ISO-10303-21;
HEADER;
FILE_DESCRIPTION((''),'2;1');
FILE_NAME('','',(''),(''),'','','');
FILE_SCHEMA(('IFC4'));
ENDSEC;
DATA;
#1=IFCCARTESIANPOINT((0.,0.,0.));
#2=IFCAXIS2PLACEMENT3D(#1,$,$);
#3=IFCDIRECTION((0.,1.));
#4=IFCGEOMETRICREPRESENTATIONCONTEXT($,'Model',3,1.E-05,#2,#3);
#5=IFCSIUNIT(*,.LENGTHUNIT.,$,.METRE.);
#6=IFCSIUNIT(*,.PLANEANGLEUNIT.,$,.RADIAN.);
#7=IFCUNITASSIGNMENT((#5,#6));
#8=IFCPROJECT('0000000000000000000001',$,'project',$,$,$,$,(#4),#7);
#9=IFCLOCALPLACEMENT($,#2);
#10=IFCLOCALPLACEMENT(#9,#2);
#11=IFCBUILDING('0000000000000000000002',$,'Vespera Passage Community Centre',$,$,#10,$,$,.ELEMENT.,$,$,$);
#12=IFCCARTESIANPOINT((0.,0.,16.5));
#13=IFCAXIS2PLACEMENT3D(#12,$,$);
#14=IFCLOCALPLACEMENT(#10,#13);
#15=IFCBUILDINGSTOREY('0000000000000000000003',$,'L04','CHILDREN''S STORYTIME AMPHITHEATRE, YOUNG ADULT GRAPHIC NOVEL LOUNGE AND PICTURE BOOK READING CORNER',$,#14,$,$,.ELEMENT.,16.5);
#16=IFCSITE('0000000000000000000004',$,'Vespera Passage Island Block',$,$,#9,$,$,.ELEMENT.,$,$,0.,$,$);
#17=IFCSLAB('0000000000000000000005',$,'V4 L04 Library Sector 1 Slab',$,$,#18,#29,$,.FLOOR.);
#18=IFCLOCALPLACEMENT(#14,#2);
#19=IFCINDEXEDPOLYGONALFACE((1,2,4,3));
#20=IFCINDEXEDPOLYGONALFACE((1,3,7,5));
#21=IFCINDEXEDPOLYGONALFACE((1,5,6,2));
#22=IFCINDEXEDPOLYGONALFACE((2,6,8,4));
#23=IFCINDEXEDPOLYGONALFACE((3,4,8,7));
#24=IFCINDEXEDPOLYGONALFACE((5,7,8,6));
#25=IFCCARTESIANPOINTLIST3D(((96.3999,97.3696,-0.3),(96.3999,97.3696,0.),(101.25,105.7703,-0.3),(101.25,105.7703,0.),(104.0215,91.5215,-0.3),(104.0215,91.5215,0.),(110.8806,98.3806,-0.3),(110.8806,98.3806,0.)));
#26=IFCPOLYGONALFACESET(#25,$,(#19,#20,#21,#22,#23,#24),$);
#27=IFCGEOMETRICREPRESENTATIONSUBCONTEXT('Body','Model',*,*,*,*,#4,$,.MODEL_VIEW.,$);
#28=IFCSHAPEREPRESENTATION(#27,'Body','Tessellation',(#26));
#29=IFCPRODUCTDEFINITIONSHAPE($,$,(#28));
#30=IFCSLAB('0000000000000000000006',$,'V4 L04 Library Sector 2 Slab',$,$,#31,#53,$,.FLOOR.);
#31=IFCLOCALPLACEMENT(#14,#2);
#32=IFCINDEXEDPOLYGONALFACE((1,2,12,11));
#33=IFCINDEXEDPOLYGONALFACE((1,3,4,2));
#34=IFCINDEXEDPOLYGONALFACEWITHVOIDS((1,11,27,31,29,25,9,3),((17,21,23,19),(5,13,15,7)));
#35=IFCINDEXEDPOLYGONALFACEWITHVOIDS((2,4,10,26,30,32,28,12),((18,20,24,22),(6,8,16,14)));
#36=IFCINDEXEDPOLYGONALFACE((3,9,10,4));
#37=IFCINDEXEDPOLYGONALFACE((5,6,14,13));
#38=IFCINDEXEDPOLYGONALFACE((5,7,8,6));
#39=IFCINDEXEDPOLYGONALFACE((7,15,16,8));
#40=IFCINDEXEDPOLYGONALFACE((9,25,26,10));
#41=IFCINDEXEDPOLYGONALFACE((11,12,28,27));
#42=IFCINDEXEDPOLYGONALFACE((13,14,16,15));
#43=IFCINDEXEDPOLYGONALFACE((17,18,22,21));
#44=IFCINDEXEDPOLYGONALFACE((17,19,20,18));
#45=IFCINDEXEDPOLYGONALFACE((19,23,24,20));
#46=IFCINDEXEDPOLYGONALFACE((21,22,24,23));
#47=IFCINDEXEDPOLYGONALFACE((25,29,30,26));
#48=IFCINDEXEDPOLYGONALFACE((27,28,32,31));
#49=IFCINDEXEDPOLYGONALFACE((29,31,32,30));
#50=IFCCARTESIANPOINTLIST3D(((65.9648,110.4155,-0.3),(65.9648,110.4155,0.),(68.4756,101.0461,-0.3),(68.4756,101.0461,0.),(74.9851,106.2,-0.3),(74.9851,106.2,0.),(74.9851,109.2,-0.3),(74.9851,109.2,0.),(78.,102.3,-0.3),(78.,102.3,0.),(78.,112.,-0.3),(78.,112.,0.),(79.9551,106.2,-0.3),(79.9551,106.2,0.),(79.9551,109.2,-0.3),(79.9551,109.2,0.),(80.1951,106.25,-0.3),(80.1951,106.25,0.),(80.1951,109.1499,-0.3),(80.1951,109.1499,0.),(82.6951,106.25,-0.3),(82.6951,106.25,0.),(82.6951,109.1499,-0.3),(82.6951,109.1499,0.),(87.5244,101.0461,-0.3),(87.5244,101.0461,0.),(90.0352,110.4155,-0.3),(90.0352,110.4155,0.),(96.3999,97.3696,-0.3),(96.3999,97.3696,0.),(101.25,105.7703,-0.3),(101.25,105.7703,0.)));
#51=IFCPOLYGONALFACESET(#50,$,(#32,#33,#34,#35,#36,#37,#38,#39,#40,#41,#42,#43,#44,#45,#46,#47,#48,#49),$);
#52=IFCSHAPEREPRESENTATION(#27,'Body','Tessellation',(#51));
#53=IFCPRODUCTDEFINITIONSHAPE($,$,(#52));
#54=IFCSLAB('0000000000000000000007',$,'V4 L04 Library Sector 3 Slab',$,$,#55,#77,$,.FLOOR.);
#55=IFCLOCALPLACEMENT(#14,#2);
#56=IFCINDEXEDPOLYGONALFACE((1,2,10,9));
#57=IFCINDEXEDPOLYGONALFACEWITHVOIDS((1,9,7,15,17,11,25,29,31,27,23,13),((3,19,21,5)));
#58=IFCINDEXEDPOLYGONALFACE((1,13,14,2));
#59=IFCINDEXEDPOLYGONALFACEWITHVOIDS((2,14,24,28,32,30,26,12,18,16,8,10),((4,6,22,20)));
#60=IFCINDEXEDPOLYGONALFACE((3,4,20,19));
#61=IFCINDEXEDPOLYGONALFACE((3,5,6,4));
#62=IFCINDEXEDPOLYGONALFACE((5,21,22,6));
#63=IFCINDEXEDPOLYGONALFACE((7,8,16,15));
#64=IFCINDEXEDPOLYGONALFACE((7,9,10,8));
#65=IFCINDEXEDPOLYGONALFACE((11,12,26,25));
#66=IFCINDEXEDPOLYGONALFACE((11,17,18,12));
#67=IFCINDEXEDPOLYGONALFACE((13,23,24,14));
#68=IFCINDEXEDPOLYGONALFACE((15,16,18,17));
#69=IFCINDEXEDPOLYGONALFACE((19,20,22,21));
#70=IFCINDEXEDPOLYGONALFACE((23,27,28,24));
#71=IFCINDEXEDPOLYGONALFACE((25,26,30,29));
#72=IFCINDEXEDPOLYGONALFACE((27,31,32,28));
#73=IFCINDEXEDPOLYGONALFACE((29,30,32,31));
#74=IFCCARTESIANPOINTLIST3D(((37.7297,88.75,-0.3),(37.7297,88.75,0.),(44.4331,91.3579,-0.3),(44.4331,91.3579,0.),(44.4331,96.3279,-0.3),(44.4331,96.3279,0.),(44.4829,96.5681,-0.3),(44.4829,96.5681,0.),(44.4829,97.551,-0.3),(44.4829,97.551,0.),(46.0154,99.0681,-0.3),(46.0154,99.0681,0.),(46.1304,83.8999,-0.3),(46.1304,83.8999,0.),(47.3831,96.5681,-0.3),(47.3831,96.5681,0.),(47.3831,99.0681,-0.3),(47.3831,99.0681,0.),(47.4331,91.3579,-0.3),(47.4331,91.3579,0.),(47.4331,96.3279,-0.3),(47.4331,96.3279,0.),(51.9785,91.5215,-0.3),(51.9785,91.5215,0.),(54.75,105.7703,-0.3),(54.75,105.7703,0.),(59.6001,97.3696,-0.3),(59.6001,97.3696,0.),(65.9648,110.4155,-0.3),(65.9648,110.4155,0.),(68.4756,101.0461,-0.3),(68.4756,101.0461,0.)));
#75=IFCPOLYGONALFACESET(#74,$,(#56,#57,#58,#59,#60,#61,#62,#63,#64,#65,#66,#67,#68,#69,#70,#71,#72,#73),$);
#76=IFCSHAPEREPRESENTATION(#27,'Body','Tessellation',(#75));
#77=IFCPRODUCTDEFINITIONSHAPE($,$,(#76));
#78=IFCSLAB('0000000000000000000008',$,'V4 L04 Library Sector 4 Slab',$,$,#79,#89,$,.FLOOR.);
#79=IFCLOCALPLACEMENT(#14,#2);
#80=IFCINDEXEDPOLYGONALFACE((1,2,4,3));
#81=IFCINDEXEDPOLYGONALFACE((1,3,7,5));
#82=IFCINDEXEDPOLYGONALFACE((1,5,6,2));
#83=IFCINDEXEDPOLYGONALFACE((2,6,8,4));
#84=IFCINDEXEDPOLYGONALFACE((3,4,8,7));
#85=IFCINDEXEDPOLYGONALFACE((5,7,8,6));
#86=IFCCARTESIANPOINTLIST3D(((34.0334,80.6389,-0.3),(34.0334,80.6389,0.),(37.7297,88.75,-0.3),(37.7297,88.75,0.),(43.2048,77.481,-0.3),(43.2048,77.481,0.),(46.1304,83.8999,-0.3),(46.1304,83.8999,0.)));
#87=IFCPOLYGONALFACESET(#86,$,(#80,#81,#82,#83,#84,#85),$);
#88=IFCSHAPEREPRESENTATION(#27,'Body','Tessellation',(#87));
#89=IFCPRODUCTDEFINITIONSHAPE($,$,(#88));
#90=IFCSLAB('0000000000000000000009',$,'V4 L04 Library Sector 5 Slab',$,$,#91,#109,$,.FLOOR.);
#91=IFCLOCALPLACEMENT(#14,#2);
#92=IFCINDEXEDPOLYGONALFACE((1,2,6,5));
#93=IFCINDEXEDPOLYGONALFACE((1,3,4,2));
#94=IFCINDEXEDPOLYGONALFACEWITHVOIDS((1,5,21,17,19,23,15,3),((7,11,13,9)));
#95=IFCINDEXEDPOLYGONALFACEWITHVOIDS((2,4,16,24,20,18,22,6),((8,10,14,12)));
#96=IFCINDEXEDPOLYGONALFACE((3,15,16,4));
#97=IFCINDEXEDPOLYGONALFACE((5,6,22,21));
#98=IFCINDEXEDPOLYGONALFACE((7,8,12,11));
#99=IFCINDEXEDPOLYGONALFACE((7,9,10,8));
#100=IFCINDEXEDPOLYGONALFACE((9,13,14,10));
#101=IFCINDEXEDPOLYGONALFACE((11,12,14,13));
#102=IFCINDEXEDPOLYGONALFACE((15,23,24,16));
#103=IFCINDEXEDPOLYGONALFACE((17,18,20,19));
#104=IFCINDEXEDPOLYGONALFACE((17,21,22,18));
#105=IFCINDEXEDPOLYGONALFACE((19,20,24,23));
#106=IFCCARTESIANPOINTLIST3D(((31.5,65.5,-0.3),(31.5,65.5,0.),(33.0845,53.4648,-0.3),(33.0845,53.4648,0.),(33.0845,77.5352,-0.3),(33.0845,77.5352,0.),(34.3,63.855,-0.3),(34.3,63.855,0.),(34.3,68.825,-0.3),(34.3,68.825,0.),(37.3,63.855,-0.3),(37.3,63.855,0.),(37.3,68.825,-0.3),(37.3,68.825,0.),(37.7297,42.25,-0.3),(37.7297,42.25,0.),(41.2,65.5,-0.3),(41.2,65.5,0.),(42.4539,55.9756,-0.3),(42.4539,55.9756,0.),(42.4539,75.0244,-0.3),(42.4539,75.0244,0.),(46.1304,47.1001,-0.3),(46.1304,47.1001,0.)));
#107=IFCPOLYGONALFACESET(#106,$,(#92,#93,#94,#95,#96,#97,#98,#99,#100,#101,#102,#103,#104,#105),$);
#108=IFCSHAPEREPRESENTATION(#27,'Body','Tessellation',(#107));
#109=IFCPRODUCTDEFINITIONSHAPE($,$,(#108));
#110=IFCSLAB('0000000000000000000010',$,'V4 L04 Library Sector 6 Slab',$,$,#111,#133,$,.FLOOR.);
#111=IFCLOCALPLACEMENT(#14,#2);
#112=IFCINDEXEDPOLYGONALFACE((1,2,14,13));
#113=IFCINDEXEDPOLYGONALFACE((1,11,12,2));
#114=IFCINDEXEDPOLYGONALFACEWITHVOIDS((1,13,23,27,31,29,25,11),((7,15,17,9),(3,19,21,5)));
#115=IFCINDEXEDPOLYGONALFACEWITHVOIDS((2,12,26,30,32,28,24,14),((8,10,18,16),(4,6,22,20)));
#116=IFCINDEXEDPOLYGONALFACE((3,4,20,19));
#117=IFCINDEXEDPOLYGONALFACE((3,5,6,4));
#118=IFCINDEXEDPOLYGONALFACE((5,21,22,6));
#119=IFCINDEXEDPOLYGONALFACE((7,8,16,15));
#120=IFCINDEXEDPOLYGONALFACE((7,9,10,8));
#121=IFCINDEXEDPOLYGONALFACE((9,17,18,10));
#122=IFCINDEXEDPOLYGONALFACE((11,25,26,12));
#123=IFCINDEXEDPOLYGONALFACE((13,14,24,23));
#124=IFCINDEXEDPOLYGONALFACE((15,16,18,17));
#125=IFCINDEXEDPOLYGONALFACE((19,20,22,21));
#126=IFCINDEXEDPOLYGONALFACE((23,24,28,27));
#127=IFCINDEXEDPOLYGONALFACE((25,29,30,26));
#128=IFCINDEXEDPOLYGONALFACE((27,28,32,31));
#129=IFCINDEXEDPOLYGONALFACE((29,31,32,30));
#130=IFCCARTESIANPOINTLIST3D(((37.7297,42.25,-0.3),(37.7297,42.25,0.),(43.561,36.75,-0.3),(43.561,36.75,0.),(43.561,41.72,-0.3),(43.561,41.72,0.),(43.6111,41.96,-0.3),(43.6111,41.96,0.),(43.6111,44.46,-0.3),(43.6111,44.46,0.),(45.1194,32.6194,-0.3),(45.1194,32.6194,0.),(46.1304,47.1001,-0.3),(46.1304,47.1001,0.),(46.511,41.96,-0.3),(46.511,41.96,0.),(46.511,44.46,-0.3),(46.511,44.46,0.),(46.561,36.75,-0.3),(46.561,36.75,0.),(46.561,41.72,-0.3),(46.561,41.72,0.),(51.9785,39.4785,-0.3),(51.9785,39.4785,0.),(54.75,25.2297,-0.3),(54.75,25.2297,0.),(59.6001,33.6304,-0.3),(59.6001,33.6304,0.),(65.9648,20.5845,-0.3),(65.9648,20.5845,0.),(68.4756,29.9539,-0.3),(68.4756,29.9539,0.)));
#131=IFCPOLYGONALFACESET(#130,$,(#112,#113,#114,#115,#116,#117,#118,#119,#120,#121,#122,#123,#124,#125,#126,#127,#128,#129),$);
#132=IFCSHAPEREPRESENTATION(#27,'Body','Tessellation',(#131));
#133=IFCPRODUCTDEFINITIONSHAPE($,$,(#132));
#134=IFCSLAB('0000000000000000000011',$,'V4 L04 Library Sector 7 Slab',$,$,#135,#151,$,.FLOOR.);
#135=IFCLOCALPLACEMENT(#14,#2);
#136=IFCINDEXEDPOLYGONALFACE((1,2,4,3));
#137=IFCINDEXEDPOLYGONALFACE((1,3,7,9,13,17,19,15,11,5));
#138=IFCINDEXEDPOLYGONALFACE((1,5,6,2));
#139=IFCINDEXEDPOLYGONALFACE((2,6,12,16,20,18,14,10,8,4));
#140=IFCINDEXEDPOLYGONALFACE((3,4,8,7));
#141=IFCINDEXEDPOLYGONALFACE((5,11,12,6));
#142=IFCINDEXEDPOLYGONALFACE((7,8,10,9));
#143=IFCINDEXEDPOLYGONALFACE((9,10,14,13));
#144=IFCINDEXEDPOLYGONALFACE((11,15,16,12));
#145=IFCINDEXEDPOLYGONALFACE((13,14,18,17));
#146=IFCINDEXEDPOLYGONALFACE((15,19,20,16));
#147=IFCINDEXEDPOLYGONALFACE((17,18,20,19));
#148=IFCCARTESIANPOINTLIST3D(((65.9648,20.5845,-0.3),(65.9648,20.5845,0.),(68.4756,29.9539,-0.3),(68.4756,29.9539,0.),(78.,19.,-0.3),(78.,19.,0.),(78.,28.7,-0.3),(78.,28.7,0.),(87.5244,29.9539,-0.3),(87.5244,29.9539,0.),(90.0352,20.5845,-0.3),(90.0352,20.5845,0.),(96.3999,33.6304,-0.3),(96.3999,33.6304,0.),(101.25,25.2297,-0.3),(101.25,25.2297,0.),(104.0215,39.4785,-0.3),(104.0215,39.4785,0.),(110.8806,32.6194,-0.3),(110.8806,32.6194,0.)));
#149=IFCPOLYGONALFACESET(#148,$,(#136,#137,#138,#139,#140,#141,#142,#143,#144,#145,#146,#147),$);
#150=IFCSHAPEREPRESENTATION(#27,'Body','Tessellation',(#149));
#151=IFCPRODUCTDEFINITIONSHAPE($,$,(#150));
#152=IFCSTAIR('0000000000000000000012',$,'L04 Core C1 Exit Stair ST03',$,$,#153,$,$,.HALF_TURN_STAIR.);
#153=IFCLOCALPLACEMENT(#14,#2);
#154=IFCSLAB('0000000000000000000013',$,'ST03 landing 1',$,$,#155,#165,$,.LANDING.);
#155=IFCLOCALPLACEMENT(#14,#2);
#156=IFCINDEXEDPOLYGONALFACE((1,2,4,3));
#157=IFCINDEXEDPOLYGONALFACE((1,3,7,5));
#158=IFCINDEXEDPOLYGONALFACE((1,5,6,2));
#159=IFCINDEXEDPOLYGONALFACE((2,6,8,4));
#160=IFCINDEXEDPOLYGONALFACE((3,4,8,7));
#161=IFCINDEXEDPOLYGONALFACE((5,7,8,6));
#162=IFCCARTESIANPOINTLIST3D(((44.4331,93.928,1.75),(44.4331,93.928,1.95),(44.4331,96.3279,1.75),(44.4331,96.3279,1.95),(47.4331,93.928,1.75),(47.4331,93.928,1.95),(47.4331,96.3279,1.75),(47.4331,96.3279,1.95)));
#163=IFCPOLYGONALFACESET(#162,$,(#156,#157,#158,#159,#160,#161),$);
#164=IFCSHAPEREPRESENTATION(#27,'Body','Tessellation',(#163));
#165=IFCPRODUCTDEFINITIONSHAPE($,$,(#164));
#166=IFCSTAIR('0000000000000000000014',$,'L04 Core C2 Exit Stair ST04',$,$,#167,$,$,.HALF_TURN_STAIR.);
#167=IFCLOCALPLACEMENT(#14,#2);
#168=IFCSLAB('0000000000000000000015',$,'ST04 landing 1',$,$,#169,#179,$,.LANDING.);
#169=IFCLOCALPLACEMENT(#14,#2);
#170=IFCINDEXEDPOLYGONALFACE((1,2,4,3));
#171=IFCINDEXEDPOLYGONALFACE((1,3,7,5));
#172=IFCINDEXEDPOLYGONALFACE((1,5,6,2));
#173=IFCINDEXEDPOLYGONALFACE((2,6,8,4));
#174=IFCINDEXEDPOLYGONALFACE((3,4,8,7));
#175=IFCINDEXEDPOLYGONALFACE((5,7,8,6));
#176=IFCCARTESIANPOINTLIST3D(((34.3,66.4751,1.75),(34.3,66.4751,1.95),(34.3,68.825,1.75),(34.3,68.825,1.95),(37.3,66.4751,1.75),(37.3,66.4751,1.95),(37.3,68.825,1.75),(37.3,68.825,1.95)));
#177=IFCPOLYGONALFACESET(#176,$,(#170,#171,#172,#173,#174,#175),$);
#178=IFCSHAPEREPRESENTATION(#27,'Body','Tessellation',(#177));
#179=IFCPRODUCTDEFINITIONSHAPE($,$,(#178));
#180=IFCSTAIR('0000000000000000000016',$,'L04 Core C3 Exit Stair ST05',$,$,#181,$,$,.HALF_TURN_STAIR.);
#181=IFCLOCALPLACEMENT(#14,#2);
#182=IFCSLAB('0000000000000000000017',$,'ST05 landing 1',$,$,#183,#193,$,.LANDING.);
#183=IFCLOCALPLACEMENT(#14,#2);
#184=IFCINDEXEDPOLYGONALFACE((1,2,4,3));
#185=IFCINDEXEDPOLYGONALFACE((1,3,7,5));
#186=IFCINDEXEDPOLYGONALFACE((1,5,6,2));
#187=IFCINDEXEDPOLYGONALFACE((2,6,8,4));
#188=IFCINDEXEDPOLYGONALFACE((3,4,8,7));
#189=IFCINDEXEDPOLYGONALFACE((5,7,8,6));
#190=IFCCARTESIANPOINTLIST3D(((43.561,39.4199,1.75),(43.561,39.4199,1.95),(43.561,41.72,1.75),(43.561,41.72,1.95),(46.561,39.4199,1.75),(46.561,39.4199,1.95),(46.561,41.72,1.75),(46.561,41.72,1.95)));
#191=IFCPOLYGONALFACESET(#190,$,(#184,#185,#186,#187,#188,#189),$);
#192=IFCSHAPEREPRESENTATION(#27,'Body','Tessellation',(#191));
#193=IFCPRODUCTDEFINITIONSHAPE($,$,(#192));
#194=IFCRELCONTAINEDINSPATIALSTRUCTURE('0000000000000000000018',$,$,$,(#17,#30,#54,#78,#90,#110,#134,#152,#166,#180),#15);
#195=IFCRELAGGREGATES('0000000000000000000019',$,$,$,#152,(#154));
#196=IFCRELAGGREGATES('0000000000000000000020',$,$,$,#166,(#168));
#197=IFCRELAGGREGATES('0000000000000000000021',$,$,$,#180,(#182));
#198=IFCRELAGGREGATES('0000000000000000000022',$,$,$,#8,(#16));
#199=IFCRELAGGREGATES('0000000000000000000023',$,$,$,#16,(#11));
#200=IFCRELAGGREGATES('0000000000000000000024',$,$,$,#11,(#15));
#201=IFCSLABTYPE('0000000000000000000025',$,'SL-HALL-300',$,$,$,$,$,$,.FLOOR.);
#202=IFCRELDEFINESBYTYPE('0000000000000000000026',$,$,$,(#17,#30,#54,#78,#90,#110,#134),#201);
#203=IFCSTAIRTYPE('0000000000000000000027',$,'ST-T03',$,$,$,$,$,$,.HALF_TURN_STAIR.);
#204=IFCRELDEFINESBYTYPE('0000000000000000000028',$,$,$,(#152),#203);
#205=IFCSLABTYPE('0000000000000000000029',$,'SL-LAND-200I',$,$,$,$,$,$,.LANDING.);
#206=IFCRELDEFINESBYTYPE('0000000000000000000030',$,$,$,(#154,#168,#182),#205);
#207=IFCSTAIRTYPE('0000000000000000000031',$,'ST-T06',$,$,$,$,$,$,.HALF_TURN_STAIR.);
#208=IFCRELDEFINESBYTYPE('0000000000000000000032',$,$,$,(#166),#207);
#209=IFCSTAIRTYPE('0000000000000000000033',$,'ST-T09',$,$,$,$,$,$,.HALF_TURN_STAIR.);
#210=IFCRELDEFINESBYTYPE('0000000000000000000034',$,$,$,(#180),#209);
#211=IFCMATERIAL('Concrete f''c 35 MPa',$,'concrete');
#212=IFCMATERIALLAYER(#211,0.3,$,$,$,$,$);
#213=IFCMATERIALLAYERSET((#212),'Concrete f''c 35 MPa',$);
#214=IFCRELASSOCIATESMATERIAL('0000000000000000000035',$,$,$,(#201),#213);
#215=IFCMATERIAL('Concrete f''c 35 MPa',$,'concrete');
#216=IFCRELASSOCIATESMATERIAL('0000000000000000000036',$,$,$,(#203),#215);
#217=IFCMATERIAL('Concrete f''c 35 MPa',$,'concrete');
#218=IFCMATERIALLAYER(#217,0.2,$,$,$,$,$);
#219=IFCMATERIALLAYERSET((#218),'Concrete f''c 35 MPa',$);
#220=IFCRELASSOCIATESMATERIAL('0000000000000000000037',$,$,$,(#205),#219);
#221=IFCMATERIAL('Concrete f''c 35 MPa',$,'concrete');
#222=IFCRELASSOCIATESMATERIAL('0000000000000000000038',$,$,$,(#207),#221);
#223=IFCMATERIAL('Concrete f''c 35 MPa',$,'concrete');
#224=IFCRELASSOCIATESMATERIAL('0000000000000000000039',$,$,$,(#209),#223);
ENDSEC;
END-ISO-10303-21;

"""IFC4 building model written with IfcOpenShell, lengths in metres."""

from ifc_helpers import new_model, si_unit, direction, frame, origin, place, context, subcontext, project, spatial, polyline, outline, extrude, material, layer, layer_set, type_object, element, aggregate, save


model = new_model("IFC4")

# Units and contexts
model_context = context("Model", 3, precision=1e-05, world=origin(), true_north=direction((0.0, 1.0)))
body_context = subcontext(model_context, "Body", "Model", "MODEL_VIEW")
ifc_project = project(units=[si_unit("LENGTHUNIT", "METRE"), si_unit("PLANEANGLEUNIT", "RADIAN")], contexts=[model_context])

# Site, building, storey
site_placement = place(None, origin())
site = spatial("IfcSite", under=ifc_project, at=site_placement, Name="Vespera Passage Island Block", CompositionType="ELEMENT", RefElevation=0.0)
building_placement = place(site_placement, origin())
building = spatial("IfcBuilding", under=site, at=building_placement, Name="Vespera Passage Community Centre", CompositionType="ELEMENT")
storey_placement = place(building_placement, frame((0.0, 0.0, 16.5)))
storey = spatial("IfcBuildingStorey", under=building, at=storey_placement, Name="L04", Description="CHILDREN'S STORYTIME AMPHITHEATRE, YOUNG ADULT GRAPHIC NOVEL LOUNGE AND PICTURE BOOK READING CORNER", CompositionType="ELEMENT", Elevation=16.5)

# Slabs
ifc_material_1 = material(Name="Concrete f'c 35 MPa", Category="concrete")
ifc_layer_1 = layer(ifc_material_1, 0.3)
ifc_layer_set_1 = layer_set([ifc_layer_1], Name="Concrete f'c 35 MPa")
slab_type_1 = type_object("IfcSlabType", Name="SL-HALL-300", PredefinedType="FLOOR", material=ifc_layer_set_1)
slab_1_placement = place(storey_placement, frame((0.0, 0.0, -0.3)))
element("IfcSlab", 1, at=slab_1_placement, inside=storey, type_object=slab_type_1, Name="V4 L04 Library Sector 1 Slab", PredefinedType="FLOOR", context=body_context, shape_type="SweptSolid", body=[
    extrude(outline(polyline([(110.8806, 98.3806), (101.25, 105.7703), (96.3999, 97.3696), (104.0215, 91.5215), (110.8806, 98.3806)])), origin(), (0.0, 0.0, 1.0), 0.3),
])
slab_2_placement = place(storey_placement, frame((0.0, 0.0, -0.3)))
element("IfcSlab", 2, at=slab_2_placement, inside=storey, type_object=slab_type_1, Name="V4 L04 Library Sector 2 Slab", PredefinedType="FLOOR", context=body_context, shape_type="SweptSolid", body=[
    extrude(outline(polyline([(87.5244, 101.0461), (78.0, 102.3), (68.4756, 101.0461), (65.9648, 110.4155), (78.0, 112.0), (90.0352, 110.4155), (101.25, 105.7703), (96.3999, 97.3696), (87.5244, 101.0461)]), holes=[polyline([(79.9551, 109.2), (74.9851, 109.2), (74.9851, 106.2), (79.9551, 106.2), (79.9551, 109.2)]), polyline([(82.6951, 106.25), (82.6951, 109.1499), (80.1951, 109.1499), (80.1951, 106.25), (82.6951, 106.25)])]), origin(), (0.0, 0.0, 1.0), 0.3),
])
slab_3_placement = place(storey_placement, frame((0.0, 0.0, -0.3)))
element("IfcSlab", 3, at=slab_3_placement, inside=storey, type_object=slab_type_1, Name="V4 L04 Library Sector 3 Slab", PredefinedType="FLOOR", context=body_context, shape_type="SweptSolid", body=[
    extrude(outline(polyline([(59.6001, 97.3696), (51.9785, 91.5215), (46.1304, 83.8999), (37.7297, 88.75), (44.4829, 97.551), (44.4829, 96.5681), (47.3831, 96.5681), (47.3831, 99.0681), (46.0154, 99.0681), (54.75, 105.7703), (65.9648, 110.4155), (68.4756, 101.0461), (59.6001, 97.3696)]), holes=[polyline([(44.4331, 96.3279), (44.4331, 91.3579), (47.4331, 91.3579), (47.4331, 96.3279), (44.4331, 96.3279)])]), origin(), (0.0, 0.0, 1.0), 0.3),
])
slab_4_placement = place(storey_placement, frame((0.0, 0.0, -0.3)))
element("IfcSlab", 4, at=slab_4_placement, inside=storey, type_object=slab_type_1, Name="V4 L04 Library Sector 4 Slab", PredefinedType="FLOOR", context=body_context, shape_type="SweptSolid", body=[
    extrude(outline(polyline([(37.7297, 88.75), (34.0334, 80.6389), (43.2048, 77.481), (46.1304, 83.8999), (37.7297, 88.75)])), origin(), (0.0, 0.0, 1.0), 0.3),
])
slab_5_placement = place(storey_placement, frame((0.0, 0.0, -0.3)))
element("IfcSlab", 5, at=slab_5_placement, inside=storey, type_object=slab_type_1, Name="V4 L04 Library Sector 5 Slab", PredefinedType="FLOOR", context=body_context, shape_type="SweptSolid", body=[
    extrude(outline(polyline([(42.4539, 75.0244), (41.2, 65.5), (42.4539, 55.9756), (46.1304, 47.1001), (37.7297, 42.25), (33.0845, 53.4648), (31.5, 65.5), (33.0845, 77.5352), (42.4539, 75.0244)]), holes=[polyline([(37.3, 68.825), (34.3, 68.825), (34.3, 63.855), (37.3, 63.855), (37.3, 68.825)])]), origin(), (0.0, 0.0, 1.0), 0.3),
])
slab_6_placement = place(storey_placement, frame((0.0, 0.0, -0.3)))
element("IfcSlab", 6, at=slab_6_placement, inside=storey, type_object=slab_type_1, Name="V4 L04 Library Sector 6 Slab", PredefinedType="FLOOR", context=body_context, shape_type="SweptSolid", body=[
    extrude(outline(polyline([(51.9785, 39.4785), (59.6001, 33.6304), (68.4756, 29.9539), (65.9648, 20.5845), (54.75, 25.2297), (45.1194, 32.6194), (37.7297, 42.25), (46.1304, 47.1001), (51.9785, 39.4785)]), holes=[polyline([(43.561, 41.72), (43.561, 36.75), (46.561, 36.75), (46.561, 41.72), (43.561, 41.72)]), polyline([(46.511, 44.46), (43.6111, 44.46), (43.6111, 41.96), (46.511, 41.96), (46.511, 44.46)])]), origin(), (0.0, 0.0, 1.0), 0.3),
])
slab_7_placement = place(storey_placement, frame((0.0, 0.0, -0.3)))
element("IfcSlab", 7, at=slab_7_placement, inside=storey, type_object=slab_type_1, Name="V4 L04 Library Sector 7 Slab", PredefinedType="FLOOR", context=body_context, shape_type="SweptSolid", body=[
    extrude(outline(polyline([(65.9648, 20.5845), (78.0, 19.0), (90.0352, 20.5845), (101.25, 25.2297), (110.8806, 32.6194), (104.0215, 39.4785), (96.3999, 33.6304), (87.5244, 29.9539), (78.0, 28.7), (68.4756, 29.9539), (65.9648, 20.5845)])), origin(), (0.0, 0.0, 1.0), 0.3),
])

# Stairs, slabs
ifc_material_2 = material(Name="Concrete f'c 35 MPa", Category="concrete")
stair_type_1 = type_object("IfcStairType", Name="ST-T03", PredefinedType="HALF_TURN_STAIR", material=ifc_material_2)
stair_1_placement = place(storey_placement, origin())
stair_1 = element("IfcStair", 8, at=stair_1_placement, inside=storey, type_object=stair_type_1, Name="L04 Core C1 Exit Stair ST03", PredefinedType="HALF_TURN_STAIR")
ifc_material_3 = material(Name="Concrete f'c 35 MPa", Category="concrete")
ifc_layer_2 = layer(ifc_material_3, 0.2)
ifc_layer_set_2 = layer_set([ifc_layer_2], Name="Concrete f'c 35 MPa")
slab_type_2 = type_object("IfcSlabType", Name="SL-LAND-200I", PredefinedType="LANDING", material=ifc_layer_set_2)
slab_8_placement = place(storey_placement, frame((0.0, 0.0, 1.75)))
slab_8 = element("IfcSlab", 9, at=slab_8_placement, type_object=slab_type_2, Name="ST03 landing 1", PredefinedType="LANDING", context=body_context, shape_type="SweptSolid", body=[
    extrude(outline(polyline([(47.4331, 93.928), (47.4331, 96.3279), (44.4331, 96.3279), (44.4331, 93.928), (47.4331, 93.928)])), origin(), (0.0, 0.0, 1.0), 0.2),
])
aggregate(stair_1, [slab_8])
ifc_material_4 = material(Name="Concrete f'c 35 MPa", Category="concrete")
stair_type_2 = type_object("IfcStairType", Name="ST-T06", PredefinedType="HALF_TURN_STAIR", material=ifc_material_4)
stair_2_placement = place(storey_placement, origin())
stair_2 = element("IfcStair", 10, at=stair_2_placement, inside=storey, type_object=stair_type_2, Name="L04 Core C2 Exit Stair ST04", PredefinedType="HALF_TURN_STAIR")
slab_9_placement = place(storey_placement, frame((0.0, 0.0, 1.75)))
slab_9 = element("IfcSlab", 11, at=slab_9_placement, type_object=slab_type_2, Name="ST04 landing 1", PredefinedType="LANDING", context=body_context, shape_type="SweptSolid", body=[
    extrude(outline(polyline([(37.3, 66.4751), (37.3, 68.825), (34.3, 68.825), (34.3, 66.4751), (37.3, 66.4751)])), origin(), (0.0, 0.0, 1.0), 0.2),
])
aggregate(stair_2, [slab_9])
ifc_material_5 = material(Name="Concrete f'c 35 MPa", Category="concrete")
stair_type_3 = type_object("IfcStairType", Name="ST-T09", PredefinedType="HALF_TURN_STAIR", material=ifc_material_5)
stair_3_placement = place(storey_placement, origin())
stair_3 = element("IfcStair", 12, at=stair_3_placement, inside=storey, type_object=stair_type_3, Name="L04 Core C3 Exit Stair ST05", PredefinedType="HALF_TURN_STAIR")
slab_10_placement = place(storey_placement, frame((0.0, 0.0, 1.75)))
slab_10 = element("IfcSlab", 13, at=slab_10_placement, type_object=slab_type_2, Name="ST05 landing 1", PredefinedType="LANDING", context=body_context, shape_type="SweptSolid", body=[
    extrude(outline(polyline([(46.561, 39.4199), (46.561, 41.72), (43.561, 41.72), (43.561, 39.4199), (46.561, 39.4199)])), origin(), (0.0, 0.0, 1.0), 0.2),
])
aggregate(stair_3, [slab_10])

save(model, "model.ifc")
